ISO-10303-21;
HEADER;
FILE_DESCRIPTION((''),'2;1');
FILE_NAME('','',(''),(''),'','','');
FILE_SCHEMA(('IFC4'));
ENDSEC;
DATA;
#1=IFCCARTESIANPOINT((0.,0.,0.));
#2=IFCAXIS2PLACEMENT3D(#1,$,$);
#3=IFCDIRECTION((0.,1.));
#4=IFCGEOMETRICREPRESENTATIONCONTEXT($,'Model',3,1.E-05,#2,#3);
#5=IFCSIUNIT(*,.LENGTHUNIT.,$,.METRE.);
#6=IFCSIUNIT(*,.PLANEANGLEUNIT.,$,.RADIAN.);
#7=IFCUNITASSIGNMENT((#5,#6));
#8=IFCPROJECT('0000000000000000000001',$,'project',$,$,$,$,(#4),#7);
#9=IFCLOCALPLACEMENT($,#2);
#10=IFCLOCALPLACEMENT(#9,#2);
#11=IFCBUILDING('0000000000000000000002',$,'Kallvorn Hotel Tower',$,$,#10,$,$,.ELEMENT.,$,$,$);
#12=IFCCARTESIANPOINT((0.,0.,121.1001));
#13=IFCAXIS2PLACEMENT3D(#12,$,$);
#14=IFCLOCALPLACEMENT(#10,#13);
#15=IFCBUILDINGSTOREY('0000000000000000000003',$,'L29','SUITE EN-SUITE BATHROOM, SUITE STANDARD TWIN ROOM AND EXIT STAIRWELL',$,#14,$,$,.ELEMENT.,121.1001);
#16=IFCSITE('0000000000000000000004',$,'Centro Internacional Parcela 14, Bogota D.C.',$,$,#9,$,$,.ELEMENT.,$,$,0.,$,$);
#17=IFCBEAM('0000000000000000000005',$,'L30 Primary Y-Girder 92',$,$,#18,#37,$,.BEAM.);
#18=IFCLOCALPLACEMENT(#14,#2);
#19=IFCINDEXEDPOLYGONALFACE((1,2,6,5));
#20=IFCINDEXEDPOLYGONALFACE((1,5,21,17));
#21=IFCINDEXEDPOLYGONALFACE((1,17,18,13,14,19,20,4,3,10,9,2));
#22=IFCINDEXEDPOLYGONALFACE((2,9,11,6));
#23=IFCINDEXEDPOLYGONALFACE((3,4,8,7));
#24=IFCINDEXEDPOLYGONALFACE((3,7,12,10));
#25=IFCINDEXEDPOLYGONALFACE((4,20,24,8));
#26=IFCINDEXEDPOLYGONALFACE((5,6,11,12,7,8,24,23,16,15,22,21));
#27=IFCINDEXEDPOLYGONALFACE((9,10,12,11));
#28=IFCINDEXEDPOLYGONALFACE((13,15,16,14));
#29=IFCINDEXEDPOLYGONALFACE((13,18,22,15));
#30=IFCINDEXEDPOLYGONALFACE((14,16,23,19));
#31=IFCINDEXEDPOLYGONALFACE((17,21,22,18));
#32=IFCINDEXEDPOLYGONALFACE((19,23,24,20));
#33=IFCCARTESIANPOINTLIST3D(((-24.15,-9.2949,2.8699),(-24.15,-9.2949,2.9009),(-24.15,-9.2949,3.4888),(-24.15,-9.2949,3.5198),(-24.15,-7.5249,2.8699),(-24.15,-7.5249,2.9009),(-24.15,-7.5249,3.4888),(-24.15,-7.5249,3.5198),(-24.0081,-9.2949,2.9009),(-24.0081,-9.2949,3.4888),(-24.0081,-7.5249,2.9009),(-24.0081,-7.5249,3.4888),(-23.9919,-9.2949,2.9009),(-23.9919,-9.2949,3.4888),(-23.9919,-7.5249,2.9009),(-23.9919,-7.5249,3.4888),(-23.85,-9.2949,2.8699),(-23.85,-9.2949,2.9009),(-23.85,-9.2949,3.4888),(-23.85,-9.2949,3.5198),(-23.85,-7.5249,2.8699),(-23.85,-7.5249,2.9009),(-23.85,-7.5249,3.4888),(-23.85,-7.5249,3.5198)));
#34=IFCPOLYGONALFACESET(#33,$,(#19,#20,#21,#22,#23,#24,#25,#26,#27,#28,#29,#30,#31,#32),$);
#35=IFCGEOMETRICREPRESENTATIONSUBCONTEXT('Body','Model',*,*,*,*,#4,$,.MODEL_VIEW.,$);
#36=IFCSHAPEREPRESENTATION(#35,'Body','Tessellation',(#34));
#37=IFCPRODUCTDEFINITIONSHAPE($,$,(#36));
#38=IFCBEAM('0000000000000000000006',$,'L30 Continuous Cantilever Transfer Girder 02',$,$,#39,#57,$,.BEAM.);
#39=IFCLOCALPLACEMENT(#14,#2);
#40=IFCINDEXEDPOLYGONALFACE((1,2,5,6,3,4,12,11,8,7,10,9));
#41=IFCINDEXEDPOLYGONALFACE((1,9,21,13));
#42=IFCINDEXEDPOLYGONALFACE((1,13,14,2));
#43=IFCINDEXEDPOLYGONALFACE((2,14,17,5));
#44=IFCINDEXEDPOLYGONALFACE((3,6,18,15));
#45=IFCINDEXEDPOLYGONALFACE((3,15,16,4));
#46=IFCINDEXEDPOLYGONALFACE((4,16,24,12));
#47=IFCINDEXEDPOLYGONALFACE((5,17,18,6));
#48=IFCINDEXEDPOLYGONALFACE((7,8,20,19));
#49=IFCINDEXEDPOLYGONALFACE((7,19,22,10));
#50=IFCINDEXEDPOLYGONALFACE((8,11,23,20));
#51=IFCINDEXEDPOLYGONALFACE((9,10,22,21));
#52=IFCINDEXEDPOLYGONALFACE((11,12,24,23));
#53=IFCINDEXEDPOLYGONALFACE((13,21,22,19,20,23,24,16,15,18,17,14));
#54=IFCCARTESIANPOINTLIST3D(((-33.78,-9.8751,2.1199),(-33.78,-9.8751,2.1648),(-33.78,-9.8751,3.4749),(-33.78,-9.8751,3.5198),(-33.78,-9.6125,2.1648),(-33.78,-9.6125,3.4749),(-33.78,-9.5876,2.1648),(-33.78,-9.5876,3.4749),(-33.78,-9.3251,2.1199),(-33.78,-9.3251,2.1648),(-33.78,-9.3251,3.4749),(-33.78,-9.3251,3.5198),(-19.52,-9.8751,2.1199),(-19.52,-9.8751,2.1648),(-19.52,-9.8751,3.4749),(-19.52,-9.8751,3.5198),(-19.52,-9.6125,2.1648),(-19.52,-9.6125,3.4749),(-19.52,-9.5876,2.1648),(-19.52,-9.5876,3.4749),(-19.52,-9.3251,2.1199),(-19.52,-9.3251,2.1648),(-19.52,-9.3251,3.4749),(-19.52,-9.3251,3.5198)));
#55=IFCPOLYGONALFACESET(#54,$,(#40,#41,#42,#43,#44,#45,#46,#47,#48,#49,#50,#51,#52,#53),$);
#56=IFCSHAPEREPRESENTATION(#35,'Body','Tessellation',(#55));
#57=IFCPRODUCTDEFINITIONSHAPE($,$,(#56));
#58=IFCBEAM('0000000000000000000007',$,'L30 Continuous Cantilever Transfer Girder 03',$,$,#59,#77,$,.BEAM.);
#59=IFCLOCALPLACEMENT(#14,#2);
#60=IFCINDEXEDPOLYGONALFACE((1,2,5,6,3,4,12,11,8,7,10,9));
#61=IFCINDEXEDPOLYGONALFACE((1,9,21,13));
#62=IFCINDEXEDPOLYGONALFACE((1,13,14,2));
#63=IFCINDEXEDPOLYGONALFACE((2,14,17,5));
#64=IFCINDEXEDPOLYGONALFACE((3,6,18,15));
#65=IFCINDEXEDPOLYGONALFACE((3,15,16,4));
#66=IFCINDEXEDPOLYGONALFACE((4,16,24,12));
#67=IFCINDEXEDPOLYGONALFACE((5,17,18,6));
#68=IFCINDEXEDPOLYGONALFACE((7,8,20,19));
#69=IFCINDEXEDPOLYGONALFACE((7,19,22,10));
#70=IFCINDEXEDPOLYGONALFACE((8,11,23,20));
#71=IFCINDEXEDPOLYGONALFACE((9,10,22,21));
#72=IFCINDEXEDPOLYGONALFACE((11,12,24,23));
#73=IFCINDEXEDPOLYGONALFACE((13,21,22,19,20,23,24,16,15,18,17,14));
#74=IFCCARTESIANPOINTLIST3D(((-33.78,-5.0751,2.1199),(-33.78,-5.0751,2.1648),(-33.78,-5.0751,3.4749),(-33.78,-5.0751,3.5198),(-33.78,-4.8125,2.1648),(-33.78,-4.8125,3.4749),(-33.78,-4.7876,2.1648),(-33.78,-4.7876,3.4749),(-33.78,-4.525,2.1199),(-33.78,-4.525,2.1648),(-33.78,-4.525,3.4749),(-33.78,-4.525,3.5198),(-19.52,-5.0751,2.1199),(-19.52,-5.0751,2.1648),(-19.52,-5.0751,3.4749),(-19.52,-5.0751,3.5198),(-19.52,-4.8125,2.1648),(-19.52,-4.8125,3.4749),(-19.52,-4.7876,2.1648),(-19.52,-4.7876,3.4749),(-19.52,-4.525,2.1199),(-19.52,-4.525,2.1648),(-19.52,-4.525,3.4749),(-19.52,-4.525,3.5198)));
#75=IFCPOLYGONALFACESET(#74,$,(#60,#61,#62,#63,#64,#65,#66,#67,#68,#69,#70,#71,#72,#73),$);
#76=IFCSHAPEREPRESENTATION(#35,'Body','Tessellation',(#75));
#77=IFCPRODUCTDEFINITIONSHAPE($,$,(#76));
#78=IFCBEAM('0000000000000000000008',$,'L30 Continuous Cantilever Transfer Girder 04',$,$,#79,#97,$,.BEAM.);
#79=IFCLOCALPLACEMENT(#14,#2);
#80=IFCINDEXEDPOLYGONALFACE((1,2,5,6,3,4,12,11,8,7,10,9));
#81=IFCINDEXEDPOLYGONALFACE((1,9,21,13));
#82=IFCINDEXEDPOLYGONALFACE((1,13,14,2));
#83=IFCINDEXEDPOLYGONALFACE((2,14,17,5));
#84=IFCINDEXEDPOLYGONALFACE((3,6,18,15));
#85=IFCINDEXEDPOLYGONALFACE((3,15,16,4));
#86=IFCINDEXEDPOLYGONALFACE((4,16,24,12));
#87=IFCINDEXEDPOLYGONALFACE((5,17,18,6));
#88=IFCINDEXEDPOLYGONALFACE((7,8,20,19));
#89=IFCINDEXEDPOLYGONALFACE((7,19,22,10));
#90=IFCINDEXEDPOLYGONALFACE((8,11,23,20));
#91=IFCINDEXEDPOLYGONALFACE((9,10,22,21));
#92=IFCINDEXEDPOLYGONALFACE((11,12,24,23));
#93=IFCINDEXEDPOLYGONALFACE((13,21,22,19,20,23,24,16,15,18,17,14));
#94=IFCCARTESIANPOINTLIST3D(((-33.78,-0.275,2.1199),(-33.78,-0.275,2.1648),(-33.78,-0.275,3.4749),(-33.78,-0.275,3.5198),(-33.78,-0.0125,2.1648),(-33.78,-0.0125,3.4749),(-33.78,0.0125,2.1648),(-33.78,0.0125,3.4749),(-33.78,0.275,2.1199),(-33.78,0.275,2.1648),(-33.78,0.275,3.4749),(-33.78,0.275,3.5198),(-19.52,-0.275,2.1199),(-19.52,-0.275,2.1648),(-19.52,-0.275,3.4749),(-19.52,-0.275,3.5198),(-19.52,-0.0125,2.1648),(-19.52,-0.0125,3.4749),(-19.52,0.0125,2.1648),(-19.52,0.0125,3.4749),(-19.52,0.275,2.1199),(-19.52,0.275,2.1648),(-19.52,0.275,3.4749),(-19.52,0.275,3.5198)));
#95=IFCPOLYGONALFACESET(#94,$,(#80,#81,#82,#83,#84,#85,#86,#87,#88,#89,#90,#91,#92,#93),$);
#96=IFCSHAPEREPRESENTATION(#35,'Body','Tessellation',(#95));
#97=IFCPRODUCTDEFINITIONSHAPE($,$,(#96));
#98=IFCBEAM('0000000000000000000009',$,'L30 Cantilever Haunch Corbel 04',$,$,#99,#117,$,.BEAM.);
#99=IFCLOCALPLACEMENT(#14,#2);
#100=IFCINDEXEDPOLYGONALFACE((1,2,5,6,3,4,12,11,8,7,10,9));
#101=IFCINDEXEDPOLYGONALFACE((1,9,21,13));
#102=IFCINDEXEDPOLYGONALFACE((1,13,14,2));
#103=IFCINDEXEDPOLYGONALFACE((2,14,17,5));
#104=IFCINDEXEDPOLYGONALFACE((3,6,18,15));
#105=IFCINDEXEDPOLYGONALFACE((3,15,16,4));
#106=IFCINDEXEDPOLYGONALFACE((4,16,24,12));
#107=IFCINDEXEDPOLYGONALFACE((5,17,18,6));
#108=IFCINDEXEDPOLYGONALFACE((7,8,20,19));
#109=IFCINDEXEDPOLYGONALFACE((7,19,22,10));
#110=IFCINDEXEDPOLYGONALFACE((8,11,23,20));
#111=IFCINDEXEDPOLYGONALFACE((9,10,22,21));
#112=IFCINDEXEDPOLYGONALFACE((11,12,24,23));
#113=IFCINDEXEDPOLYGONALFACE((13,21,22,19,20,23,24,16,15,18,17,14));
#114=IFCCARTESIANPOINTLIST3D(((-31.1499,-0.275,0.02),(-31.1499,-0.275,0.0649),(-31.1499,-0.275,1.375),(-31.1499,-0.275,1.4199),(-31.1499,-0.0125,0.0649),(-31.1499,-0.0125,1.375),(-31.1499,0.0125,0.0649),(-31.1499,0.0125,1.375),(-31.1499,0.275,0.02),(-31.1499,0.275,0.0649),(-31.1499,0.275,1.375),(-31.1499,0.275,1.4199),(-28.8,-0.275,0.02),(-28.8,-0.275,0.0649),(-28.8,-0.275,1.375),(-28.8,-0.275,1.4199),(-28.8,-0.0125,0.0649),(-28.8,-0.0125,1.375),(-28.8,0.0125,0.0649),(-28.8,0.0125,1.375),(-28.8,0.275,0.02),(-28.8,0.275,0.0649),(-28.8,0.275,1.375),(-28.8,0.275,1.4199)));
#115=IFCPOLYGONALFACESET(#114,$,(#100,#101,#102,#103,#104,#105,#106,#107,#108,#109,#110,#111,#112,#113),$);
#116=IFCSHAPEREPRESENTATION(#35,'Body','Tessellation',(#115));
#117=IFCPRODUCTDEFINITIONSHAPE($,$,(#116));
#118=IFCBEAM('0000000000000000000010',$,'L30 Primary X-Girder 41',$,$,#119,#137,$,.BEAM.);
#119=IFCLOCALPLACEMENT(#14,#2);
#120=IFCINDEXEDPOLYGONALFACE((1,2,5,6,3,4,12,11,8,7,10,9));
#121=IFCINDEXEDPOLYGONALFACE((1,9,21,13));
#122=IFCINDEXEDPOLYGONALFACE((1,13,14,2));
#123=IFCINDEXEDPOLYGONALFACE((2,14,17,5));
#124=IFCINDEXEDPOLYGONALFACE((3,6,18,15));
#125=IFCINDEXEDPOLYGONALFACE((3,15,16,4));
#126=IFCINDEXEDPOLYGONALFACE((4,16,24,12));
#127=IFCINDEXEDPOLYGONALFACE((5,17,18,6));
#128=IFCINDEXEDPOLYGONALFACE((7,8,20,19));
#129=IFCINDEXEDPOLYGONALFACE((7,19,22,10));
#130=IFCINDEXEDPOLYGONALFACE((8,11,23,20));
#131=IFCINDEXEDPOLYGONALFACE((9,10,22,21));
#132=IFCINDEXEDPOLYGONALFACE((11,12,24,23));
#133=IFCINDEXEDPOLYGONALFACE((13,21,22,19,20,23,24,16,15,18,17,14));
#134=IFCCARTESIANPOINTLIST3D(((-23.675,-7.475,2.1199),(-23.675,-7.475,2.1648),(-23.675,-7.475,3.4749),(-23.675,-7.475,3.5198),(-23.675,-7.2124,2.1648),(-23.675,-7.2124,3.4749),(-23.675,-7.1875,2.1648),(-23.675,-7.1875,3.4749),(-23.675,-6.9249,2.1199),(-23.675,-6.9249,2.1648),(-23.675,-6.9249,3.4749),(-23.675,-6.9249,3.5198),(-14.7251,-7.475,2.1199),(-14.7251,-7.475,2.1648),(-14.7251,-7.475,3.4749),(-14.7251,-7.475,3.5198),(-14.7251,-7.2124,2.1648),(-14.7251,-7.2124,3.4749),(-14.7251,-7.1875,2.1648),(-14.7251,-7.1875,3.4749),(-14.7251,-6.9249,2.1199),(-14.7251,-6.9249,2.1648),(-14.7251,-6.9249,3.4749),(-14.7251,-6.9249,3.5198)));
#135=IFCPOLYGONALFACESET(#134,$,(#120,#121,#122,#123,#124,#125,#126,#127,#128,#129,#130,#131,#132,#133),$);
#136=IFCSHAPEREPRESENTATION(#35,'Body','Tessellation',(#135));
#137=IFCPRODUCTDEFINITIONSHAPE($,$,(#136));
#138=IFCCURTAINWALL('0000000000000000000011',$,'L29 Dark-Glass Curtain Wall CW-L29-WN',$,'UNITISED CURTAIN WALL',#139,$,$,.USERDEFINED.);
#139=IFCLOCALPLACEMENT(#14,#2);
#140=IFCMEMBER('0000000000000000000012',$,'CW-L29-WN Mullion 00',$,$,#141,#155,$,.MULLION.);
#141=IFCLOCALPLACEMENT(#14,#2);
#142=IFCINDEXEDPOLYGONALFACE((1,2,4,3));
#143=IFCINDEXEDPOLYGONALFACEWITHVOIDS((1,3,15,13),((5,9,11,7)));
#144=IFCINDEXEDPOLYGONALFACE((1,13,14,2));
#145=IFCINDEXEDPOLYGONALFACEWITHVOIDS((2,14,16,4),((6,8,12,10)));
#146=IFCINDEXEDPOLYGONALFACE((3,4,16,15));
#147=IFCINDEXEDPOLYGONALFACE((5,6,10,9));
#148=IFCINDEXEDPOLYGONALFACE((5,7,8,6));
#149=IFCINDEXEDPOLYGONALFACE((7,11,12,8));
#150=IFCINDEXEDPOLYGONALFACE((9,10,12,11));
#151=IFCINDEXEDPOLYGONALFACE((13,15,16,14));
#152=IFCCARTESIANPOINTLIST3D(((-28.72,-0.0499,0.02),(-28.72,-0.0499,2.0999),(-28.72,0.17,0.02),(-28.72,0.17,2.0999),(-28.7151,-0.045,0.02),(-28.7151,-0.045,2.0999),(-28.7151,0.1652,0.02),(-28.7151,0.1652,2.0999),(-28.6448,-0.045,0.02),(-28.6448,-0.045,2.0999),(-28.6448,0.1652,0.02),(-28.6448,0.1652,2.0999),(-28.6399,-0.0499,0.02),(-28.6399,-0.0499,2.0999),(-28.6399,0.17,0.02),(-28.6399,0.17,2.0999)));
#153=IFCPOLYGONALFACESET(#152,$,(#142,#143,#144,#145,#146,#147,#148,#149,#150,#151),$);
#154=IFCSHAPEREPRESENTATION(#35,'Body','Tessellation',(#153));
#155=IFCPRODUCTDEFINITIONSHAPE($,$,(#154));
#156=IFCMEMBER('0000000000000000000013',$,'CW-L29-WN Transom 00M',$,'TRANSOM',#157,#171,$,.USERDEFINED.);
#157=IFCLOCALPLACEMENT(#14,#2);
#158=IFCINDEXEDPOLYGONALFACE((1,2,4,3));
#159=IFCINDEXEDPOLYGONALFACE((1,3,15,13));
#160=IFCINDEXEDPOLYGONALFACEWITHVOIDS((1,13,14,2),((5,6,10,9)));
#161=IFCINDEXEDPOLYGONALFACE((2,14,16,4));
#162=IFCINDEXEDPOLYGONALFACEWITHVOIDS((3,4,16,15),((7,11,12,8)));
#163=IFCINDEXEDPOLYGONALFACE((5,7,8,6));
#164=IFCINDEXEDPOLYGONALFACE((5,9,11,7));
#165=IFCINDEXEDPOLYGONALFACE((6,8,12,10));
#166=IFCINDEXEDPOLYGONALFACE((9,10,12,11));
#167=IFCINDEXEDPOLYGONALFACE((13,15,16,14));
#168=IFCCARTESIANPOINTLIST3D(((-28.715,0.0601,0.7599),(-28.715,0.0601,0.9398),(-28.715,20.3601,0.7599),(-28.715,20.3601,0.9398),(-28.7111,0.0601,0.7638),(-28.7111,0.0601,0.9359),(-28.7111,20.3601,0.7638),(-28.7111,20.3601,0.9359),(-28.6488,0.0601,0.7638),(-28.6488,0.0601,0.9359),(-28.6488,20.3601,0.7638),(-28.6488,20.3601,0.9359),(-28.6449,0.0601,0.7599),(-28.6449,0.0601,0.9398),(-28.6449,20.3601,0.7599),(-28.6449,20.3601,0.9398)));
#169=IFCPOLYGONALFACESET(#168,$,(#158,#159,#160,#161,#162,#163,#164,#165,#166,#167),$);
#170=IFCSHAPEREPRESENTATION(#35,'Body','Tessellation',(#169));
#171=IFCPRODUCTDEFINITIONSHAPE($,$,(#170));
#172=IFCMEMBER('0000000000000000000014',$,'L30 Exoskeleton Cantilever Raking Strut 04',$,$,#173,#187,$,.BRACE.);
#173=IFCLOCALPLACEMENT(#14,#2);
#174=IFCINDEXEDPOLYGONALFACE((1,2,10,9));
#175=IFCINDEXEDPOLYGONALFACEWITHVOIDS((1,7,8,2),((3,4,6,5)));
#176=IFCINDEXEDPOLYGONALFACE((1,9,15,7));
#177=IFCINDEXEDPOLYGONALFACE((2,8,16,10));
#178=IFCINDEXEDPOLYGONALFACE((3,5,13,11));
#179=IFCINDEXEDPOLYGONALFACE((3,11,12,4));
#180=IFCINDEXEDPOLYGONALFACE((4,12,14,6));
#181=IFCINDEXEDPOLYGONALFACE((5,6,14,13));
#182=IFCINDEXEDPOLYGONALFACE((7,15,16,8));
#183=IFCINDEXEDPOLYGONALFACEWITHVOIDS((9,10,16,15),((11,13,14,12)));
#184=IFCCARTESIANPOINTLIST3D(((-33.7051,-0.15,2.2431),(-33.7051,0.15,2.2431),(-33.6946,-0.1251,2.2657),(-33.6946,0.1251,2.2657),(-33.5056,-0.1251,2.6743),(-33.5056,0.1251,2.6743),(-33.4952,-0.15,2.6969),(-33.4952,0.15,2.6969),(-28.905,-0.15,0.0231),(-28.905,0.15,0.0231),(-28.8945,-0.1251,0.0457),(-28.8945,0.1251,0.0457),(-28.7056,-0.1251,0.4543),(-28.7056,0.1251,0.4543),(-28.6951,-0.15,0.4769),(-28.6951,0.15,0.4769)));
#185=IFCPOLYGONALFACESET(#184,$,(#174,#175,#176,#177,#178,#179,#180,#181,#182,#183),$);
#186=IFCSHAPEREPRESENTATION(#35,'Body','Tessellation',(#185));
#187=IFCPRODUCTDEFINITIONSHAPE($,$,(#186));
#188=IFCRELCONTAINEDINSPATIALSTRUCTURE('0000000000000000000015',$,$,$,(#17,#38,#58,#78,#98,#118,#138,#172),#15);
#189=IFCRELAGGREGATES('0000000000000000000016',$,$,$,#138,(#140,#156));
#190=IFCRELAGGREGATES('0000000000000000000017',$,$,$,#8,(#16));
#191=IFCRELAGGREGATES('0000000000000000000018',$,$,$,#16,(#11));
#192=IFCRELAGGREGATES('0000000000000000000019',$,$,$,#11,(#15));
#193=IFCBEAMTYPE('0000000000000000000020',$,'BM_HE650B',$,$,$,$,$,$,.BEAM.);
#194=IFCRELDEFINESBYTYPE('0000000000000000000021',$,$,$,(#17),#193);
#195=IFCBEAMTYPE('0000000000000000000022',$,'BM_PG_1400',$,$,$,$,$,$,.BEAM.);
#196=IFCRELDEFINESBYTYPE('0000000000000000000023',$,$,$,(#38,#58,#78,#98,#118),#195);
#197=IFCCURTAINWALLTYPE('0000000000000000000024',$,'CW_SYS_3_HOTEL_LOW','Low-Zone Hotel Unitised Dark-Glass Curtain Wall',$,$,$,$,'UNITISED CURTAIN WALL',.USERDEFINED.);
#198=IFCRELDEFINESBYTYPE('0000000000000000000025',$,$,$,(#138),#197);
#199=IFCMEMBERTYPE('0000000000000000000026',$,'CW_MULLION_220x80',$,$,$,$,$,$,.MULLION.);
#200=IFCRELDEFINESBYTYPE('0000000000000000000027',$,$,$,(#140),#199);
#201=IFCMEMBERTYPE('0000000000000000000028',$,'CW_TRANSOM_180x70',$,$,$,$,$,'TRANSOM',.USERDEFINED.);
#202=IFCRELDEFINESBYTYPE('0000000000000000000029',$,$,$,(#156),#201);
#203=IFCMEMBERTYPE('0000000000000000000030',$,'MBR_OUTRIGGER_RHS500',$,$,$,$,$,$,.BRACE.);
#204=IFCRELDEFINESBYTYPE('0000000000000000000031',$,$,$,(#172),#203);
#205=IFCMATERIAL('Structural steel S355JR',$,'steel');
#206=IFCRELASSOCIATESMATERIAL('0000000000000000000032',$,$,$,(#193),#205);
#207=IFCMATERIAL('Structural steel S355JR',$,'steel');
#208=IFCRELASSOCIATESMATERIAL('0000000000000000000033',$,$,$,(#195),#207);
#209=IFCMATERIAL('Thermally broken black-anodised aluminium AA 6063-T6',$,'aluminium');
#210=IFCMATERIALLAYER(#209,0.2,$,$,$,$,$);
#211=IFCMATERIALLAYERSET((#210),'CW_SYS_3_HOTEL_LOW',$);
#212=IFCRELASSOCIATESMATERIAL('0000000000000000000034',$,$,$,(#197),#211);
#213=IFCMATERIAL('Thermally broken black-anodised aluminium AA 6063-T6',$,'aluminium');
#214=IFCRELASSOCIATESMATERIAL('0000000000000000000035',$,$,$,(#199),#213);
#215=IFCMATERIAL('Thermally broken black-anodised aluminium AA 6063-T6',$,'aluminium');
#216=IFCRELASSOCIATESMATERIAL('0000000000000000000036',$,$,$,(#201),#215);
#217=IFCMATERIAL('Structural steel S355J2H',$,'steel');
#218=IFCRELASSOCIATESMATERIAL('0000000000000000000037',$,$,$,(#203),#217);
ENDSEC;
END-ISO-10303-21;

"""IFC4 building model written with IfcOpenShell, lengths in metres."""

from ifc_helpers import new_model, si_unit, direction, frame, origin, origin_2d, place, context, subcontext, project, spatial, hollow_rectangle, i_section, extrude, material, layer, layer_set, material_profile, profile_set, type_object, element, aggregate, save


model = new_model("IFC4")

# Units and contexts
model_context = context("Model", 3, precision=1e-05, world=origin(), true_north=direction((0.0, 1.0)))
body_context = subcontext(model_context, "Body", "Model", "MODEL_VIEW")
ifc_project = project(units=[si_unit("LENGTHUNIT", "METRE"), si_unit("PLANEANGLEUNIT", "RADIAN")], contexts=[model_context])

# Site, building, storey
site_placement = place(None, origin())
site = spatial("IfcSite", under=ifc_project, at=site_placement, Name="Centro Internacional Parcela 14, Bogota D.C.", CompositionType="ELEMENT", RefElevation=0.0)
building_placement = place(site_placement, origin())
building = spatial("IfcBuilding", under=site, at=building_placement, Name="Kallvorn Hotel Tower", CompositionType="ELEMENT")
storey_placement = place(building_placement, frame((0.0, 0.0, 121.1001)))
storey = spatial("IfcBuildingStorey", under=building, at=storey_placement, Name="L29", Description="SUITE EN-SUITE BATHROOM, SUITE STANDARD TWIN ROOM AND EXIT STAIRWELL", CompositionType="ELEMENT", Elevation=121.1001)

# Beams
ifc_material_1 = material(Name="Structural steel S355JR", Category="steel")
ifc_material_profile_1 = material_profile(ifc_material_1, i_section(OverallWidth=0.3, OverallDepth=0.6499, WebThickness=0.0161, FlangeThickness=0.031, at=origin_2d()), Name="HE 650 B")
ifc_profile_set_1 = profile_set([ifc_material_profile_1], Name="Structural steel S355JR")
beam_type_1 = type_object("IfcBeamType", Name="BM_HE650B", PredefinedType="BEAM", material=ifc_profile_set_1)
beam_1_placement = place(storey_placement, frame((-24.0, -9.2949, 3.1948), z_axis=(0.0, 1.0, 0.0), x_axis=(-1.0, 0.0, 0.0)))
element("IfcBeam", 1, at=beam_1_placement, inside=storey, type_object=beam_type_1, Name="L30 Primary Y-Girder 92", PredefinedType="BEAM", context=body_context, shape_type="SweptSolid", body=[
    extrude(i_section(OverallWidth=0.3, OverallDepth=0.6499, WebThickness=0.0161, FlangeThickness=0.031, at=origin_2d()), origin(), (0.0, 0.0, 1.0), 1.77),
])
ifc_material_2 = material(Name="Structural steel S355JR", Category="steel")
ifc_material_profile_2 = material_profile(ifc_material_2, i_section(OverallWidth=0.55, OverallDepth=1.3999, WebThickness=0.0249, FlangeThickness=0.0449, at=origin_2d()), Name="PG 1400x550x25x45")
ifc_profile_set_2 = profile_set([ifc_material_profile_2], Name="Structural steel S355JR")
beam_type_2 = type_object("IfcBeamType", Name="BM_PG_1400", PredefinedType="BEAM", material=ifc_profile_set_2)
for number, where, z_axis, x_axis, name in (
    (2, (-19.52, -9.6001, 2.8198), (-1.0, 0.0, 0.0), (0.0, -1.0, 0.0), "L30 Continuous Cantilever Transfer Girder 02"),
    (3, (-19.52, -4.8, 2.8198), (-1.0, 0.0, 0.0), (0.0, -1.0, 0.0), "L30 Continuous Cantilever Transfer Girder 03"),
    (4, (-19.52, 0.0, 2.8198), (-1.0, 0.0, 0.0), (0.0, -1.0, 0.0), "L30 Continuous Cantilever Transfer Girder 04"),
):
    element("IfcBeam", number, at=place(storey_placement, frame(where, z_axis=z_axis, x_axis=x_axis)), inside=storey, type_object=beam_type_2, Name=name, PredefinedType="BEAM", context=body_context, shape_type="SweptSolid", body=[
        extrude(i_section(OverallWidth=0.55, OverallDepth=1.3999, WebThickness=0.0249, FlangeThickness=0.0449, at=origin_2d()), origin(), (0.0, 0.0, 1.0), 14.26),
    ])
beam_2_placement = place(storey_placement, frame((-28.8, 0.0, 0.72), z_axis=(-1.0, 0.0, 0.0), x_axis=(0.0, -1.0, 0.0)))
element("IfcBeam", 5, at=beam_2_placement, inside=storey, type_object=beam_type_2, Name="L30 Cantilever Haunch Corbel 04", PredefinedType="BEAM", context=body_context, shape_type="SweptSolid", body=[
    extrude(i_section(OverallWidth=0.55, OverallDepth=1.3999, WebThickness=0.0249, FlangeThickness=0.0449, at=origin_2d()), origin(), (0.0, 0.0, 1.0), 2.3499),
])
beam_3_placement = place(storey_placement, frame((-23.675, -7.2, 2.8198), z_axis=(1.0, 0.0, 0.0), x_axis=(0.0, 1.0, 0.0)))
element("IfcBeam", 6, at=beam_3_placement, inside=storey, type_object=beam_type_2, Name="L30 Primary X-Girder 41", PredefinedType="BEAM", context=body_context, shape_type="SweptSolid", body=[
    extrude(i_section(OverallWidth=0.55, OverallDepth=1.3999, WebThickness=0.0249, FlangeThickness=0.0449, at=origin_2d()), origin(), (0.0, 0.0, 1.0), 8.95),
])

# Curtain wall, members
ifc_material_3 = material(Name="Thermally broken black-anodised aluminium AA 6063-T6", Category="aluminium")
ifc_layer_1 = layer(ifc_material_3, 0.2)
ifc_layer_set_1 = layer_set([ifc_layer_1], Name="CW_SYS_3_HOTEL_LOW")
curtain_wall_type = type_object("IfcCurtainWallType", Name="CW_SYS_3_HOTEL_LOW", Description="Low-Zone Hotel Unitised Dark-Glass Curtain Wall", ElementType="UNITISED CURTAIN WALL", PredefinedType="USERDEFINED", material=ifc_layer_set_1)
curtain_wall_placement = place(storey_placement, origin())
curtain_wall = element("IfcCurtainWall", 7, at=curtain_wall_placement, inside=storey, type_object=curtain_wall_type, Name="L29 Dark-Glass Curtain Wall CW-L29-WN", ObjectType="UNITISED CURTAIN WALL", PredefinedType="USERDEFINED")
ifc_material_4 = material(Name="Thermally broken black-anodised aluminium AA 6063-T6", Category="aluminium")
ifc_material_profile_3 = material_profile(ifc_material_4, hollow_rectangle(XDim=0.0801, YDim=0.22, WallThickness=0.0049, at=origin_2d()), Name="MUL 220x80")
ifc_profile_set_3 = profile_set([ifc_material_profile_3], Name="Thermally broken black-anodised aluminium AA 6063-T6")
member_type_1 = type_object("IfcMemberType", Name="CW_MULLION_220x80", PredefinedType="MULLION", material=ifc_profile_set_3)
member_1_placement = place(storey_placement, frame((-28.6799, 0.0601, 0.02), z_axis=(0.0, 0.0, 1.0), x_axis=(1.0, 0.0, 0.0)))
member_1 = element("IfcMember", 8, at=member_1_placement, type_object=member_type_1, Name="CW-L29-WN Mullion 00", PredefinedType="MULLION", context=body_context, shape_type="SweptSolid", body=[
    extrude(hollow_rectangle(XDim=0.0801, YDim=0.22, WallThickness=0.0049, at=origin_2d()), origin(), (0.0, 0.0, 1.0), 2.0798),
])
ifc_material_5 = material(Name="Thermally broken black-anodised aluminium AA 6063-T6", Category="aluminium")
ifc_material_profile_4 = material_profile(ifc_material_5, hollow_rectangle(XDim=0.0701, YDim=0.1799, WallThickness=0.0039, at=origin_2d()), Name="TRN 180x70")
ifc_profile_set_4 = profile_set([ifc_material_profile_4], Name="Thermally broken black-anodised aluminium AA 6063-T6")
member_type_2 = type_object("IfcMemberType", Name="CW_TRANSOM_180x70", ElementType="TRANSOM", PredefinedType="USERDEFINED", material=ifc_profile_set_4)
member_2_placement = place(storey_placement, frame((-28.6799, 0.0601, 0.8499), z_axis=(0.0, 1.0, 0.0), x_axis=(-1.0, 0.0, 0.0)))
member_2 = element("IfcMember", 9, at=member_2_placement, type_object=member_type_2, Name="CW-L29-WN Transom 00M", ObjectType="TRANSOM", PredefinedType="USERDEFINED", context=body_context, shape_type="SweptSolid", body=[
    extrude(hollow_rectangle(XDim=0.0701, YDim=0.1799, WallThickness=0.0039, at=origin_2d()), origin(), (0.0, 0.0, 1.0), 20.3),
])
aggregate(curtain_wall, [member_1, member_2])

# Member
ifc_material_6 = material(Name="Structural steel S355J2H", Category="steel")
ifc_material_profile_5 = material_profile(ifc_material_6, hollow_rectangle(XDim=0.3, YDim=0.5, WallThickness=0.0249, at=origin_2d()), Name="RHS 500x300x25")
ifc_profile_set_5 = profile_set([ifc_material_profile_5], Name="Structural steel S355J2H")
member_type_3 = type_object("IfcMemberType", Name="MBR_OUTRIGGER_RHS500", PredefinedType="BRACE", material=ifc_profile_set_5)
member_3_placement = place(storey_placement, frame((-28.8, 0.0, 0.25), z_axis=(-0.907631, 0.0, 0.419769), x_axis=(0.0, -1.0, 0.0)))
element("IfcMember", 10, at=member_3_placement, inside=storey, type_object=member_type_3, Name="L30 Exoskeleton Cantilever Raking Strut 04", PredefinedType="BRACE", context=body_context, shape_type="SweptSolid", body=[
    extrude(hollow_rectangle(XDim=0.3, YDim=0.5, WallThickness=0.0249, at=origin_2d()), origin(), (0.0, 0.0, 1.0), 5.2886),
])

save(model, "model.ifc")
